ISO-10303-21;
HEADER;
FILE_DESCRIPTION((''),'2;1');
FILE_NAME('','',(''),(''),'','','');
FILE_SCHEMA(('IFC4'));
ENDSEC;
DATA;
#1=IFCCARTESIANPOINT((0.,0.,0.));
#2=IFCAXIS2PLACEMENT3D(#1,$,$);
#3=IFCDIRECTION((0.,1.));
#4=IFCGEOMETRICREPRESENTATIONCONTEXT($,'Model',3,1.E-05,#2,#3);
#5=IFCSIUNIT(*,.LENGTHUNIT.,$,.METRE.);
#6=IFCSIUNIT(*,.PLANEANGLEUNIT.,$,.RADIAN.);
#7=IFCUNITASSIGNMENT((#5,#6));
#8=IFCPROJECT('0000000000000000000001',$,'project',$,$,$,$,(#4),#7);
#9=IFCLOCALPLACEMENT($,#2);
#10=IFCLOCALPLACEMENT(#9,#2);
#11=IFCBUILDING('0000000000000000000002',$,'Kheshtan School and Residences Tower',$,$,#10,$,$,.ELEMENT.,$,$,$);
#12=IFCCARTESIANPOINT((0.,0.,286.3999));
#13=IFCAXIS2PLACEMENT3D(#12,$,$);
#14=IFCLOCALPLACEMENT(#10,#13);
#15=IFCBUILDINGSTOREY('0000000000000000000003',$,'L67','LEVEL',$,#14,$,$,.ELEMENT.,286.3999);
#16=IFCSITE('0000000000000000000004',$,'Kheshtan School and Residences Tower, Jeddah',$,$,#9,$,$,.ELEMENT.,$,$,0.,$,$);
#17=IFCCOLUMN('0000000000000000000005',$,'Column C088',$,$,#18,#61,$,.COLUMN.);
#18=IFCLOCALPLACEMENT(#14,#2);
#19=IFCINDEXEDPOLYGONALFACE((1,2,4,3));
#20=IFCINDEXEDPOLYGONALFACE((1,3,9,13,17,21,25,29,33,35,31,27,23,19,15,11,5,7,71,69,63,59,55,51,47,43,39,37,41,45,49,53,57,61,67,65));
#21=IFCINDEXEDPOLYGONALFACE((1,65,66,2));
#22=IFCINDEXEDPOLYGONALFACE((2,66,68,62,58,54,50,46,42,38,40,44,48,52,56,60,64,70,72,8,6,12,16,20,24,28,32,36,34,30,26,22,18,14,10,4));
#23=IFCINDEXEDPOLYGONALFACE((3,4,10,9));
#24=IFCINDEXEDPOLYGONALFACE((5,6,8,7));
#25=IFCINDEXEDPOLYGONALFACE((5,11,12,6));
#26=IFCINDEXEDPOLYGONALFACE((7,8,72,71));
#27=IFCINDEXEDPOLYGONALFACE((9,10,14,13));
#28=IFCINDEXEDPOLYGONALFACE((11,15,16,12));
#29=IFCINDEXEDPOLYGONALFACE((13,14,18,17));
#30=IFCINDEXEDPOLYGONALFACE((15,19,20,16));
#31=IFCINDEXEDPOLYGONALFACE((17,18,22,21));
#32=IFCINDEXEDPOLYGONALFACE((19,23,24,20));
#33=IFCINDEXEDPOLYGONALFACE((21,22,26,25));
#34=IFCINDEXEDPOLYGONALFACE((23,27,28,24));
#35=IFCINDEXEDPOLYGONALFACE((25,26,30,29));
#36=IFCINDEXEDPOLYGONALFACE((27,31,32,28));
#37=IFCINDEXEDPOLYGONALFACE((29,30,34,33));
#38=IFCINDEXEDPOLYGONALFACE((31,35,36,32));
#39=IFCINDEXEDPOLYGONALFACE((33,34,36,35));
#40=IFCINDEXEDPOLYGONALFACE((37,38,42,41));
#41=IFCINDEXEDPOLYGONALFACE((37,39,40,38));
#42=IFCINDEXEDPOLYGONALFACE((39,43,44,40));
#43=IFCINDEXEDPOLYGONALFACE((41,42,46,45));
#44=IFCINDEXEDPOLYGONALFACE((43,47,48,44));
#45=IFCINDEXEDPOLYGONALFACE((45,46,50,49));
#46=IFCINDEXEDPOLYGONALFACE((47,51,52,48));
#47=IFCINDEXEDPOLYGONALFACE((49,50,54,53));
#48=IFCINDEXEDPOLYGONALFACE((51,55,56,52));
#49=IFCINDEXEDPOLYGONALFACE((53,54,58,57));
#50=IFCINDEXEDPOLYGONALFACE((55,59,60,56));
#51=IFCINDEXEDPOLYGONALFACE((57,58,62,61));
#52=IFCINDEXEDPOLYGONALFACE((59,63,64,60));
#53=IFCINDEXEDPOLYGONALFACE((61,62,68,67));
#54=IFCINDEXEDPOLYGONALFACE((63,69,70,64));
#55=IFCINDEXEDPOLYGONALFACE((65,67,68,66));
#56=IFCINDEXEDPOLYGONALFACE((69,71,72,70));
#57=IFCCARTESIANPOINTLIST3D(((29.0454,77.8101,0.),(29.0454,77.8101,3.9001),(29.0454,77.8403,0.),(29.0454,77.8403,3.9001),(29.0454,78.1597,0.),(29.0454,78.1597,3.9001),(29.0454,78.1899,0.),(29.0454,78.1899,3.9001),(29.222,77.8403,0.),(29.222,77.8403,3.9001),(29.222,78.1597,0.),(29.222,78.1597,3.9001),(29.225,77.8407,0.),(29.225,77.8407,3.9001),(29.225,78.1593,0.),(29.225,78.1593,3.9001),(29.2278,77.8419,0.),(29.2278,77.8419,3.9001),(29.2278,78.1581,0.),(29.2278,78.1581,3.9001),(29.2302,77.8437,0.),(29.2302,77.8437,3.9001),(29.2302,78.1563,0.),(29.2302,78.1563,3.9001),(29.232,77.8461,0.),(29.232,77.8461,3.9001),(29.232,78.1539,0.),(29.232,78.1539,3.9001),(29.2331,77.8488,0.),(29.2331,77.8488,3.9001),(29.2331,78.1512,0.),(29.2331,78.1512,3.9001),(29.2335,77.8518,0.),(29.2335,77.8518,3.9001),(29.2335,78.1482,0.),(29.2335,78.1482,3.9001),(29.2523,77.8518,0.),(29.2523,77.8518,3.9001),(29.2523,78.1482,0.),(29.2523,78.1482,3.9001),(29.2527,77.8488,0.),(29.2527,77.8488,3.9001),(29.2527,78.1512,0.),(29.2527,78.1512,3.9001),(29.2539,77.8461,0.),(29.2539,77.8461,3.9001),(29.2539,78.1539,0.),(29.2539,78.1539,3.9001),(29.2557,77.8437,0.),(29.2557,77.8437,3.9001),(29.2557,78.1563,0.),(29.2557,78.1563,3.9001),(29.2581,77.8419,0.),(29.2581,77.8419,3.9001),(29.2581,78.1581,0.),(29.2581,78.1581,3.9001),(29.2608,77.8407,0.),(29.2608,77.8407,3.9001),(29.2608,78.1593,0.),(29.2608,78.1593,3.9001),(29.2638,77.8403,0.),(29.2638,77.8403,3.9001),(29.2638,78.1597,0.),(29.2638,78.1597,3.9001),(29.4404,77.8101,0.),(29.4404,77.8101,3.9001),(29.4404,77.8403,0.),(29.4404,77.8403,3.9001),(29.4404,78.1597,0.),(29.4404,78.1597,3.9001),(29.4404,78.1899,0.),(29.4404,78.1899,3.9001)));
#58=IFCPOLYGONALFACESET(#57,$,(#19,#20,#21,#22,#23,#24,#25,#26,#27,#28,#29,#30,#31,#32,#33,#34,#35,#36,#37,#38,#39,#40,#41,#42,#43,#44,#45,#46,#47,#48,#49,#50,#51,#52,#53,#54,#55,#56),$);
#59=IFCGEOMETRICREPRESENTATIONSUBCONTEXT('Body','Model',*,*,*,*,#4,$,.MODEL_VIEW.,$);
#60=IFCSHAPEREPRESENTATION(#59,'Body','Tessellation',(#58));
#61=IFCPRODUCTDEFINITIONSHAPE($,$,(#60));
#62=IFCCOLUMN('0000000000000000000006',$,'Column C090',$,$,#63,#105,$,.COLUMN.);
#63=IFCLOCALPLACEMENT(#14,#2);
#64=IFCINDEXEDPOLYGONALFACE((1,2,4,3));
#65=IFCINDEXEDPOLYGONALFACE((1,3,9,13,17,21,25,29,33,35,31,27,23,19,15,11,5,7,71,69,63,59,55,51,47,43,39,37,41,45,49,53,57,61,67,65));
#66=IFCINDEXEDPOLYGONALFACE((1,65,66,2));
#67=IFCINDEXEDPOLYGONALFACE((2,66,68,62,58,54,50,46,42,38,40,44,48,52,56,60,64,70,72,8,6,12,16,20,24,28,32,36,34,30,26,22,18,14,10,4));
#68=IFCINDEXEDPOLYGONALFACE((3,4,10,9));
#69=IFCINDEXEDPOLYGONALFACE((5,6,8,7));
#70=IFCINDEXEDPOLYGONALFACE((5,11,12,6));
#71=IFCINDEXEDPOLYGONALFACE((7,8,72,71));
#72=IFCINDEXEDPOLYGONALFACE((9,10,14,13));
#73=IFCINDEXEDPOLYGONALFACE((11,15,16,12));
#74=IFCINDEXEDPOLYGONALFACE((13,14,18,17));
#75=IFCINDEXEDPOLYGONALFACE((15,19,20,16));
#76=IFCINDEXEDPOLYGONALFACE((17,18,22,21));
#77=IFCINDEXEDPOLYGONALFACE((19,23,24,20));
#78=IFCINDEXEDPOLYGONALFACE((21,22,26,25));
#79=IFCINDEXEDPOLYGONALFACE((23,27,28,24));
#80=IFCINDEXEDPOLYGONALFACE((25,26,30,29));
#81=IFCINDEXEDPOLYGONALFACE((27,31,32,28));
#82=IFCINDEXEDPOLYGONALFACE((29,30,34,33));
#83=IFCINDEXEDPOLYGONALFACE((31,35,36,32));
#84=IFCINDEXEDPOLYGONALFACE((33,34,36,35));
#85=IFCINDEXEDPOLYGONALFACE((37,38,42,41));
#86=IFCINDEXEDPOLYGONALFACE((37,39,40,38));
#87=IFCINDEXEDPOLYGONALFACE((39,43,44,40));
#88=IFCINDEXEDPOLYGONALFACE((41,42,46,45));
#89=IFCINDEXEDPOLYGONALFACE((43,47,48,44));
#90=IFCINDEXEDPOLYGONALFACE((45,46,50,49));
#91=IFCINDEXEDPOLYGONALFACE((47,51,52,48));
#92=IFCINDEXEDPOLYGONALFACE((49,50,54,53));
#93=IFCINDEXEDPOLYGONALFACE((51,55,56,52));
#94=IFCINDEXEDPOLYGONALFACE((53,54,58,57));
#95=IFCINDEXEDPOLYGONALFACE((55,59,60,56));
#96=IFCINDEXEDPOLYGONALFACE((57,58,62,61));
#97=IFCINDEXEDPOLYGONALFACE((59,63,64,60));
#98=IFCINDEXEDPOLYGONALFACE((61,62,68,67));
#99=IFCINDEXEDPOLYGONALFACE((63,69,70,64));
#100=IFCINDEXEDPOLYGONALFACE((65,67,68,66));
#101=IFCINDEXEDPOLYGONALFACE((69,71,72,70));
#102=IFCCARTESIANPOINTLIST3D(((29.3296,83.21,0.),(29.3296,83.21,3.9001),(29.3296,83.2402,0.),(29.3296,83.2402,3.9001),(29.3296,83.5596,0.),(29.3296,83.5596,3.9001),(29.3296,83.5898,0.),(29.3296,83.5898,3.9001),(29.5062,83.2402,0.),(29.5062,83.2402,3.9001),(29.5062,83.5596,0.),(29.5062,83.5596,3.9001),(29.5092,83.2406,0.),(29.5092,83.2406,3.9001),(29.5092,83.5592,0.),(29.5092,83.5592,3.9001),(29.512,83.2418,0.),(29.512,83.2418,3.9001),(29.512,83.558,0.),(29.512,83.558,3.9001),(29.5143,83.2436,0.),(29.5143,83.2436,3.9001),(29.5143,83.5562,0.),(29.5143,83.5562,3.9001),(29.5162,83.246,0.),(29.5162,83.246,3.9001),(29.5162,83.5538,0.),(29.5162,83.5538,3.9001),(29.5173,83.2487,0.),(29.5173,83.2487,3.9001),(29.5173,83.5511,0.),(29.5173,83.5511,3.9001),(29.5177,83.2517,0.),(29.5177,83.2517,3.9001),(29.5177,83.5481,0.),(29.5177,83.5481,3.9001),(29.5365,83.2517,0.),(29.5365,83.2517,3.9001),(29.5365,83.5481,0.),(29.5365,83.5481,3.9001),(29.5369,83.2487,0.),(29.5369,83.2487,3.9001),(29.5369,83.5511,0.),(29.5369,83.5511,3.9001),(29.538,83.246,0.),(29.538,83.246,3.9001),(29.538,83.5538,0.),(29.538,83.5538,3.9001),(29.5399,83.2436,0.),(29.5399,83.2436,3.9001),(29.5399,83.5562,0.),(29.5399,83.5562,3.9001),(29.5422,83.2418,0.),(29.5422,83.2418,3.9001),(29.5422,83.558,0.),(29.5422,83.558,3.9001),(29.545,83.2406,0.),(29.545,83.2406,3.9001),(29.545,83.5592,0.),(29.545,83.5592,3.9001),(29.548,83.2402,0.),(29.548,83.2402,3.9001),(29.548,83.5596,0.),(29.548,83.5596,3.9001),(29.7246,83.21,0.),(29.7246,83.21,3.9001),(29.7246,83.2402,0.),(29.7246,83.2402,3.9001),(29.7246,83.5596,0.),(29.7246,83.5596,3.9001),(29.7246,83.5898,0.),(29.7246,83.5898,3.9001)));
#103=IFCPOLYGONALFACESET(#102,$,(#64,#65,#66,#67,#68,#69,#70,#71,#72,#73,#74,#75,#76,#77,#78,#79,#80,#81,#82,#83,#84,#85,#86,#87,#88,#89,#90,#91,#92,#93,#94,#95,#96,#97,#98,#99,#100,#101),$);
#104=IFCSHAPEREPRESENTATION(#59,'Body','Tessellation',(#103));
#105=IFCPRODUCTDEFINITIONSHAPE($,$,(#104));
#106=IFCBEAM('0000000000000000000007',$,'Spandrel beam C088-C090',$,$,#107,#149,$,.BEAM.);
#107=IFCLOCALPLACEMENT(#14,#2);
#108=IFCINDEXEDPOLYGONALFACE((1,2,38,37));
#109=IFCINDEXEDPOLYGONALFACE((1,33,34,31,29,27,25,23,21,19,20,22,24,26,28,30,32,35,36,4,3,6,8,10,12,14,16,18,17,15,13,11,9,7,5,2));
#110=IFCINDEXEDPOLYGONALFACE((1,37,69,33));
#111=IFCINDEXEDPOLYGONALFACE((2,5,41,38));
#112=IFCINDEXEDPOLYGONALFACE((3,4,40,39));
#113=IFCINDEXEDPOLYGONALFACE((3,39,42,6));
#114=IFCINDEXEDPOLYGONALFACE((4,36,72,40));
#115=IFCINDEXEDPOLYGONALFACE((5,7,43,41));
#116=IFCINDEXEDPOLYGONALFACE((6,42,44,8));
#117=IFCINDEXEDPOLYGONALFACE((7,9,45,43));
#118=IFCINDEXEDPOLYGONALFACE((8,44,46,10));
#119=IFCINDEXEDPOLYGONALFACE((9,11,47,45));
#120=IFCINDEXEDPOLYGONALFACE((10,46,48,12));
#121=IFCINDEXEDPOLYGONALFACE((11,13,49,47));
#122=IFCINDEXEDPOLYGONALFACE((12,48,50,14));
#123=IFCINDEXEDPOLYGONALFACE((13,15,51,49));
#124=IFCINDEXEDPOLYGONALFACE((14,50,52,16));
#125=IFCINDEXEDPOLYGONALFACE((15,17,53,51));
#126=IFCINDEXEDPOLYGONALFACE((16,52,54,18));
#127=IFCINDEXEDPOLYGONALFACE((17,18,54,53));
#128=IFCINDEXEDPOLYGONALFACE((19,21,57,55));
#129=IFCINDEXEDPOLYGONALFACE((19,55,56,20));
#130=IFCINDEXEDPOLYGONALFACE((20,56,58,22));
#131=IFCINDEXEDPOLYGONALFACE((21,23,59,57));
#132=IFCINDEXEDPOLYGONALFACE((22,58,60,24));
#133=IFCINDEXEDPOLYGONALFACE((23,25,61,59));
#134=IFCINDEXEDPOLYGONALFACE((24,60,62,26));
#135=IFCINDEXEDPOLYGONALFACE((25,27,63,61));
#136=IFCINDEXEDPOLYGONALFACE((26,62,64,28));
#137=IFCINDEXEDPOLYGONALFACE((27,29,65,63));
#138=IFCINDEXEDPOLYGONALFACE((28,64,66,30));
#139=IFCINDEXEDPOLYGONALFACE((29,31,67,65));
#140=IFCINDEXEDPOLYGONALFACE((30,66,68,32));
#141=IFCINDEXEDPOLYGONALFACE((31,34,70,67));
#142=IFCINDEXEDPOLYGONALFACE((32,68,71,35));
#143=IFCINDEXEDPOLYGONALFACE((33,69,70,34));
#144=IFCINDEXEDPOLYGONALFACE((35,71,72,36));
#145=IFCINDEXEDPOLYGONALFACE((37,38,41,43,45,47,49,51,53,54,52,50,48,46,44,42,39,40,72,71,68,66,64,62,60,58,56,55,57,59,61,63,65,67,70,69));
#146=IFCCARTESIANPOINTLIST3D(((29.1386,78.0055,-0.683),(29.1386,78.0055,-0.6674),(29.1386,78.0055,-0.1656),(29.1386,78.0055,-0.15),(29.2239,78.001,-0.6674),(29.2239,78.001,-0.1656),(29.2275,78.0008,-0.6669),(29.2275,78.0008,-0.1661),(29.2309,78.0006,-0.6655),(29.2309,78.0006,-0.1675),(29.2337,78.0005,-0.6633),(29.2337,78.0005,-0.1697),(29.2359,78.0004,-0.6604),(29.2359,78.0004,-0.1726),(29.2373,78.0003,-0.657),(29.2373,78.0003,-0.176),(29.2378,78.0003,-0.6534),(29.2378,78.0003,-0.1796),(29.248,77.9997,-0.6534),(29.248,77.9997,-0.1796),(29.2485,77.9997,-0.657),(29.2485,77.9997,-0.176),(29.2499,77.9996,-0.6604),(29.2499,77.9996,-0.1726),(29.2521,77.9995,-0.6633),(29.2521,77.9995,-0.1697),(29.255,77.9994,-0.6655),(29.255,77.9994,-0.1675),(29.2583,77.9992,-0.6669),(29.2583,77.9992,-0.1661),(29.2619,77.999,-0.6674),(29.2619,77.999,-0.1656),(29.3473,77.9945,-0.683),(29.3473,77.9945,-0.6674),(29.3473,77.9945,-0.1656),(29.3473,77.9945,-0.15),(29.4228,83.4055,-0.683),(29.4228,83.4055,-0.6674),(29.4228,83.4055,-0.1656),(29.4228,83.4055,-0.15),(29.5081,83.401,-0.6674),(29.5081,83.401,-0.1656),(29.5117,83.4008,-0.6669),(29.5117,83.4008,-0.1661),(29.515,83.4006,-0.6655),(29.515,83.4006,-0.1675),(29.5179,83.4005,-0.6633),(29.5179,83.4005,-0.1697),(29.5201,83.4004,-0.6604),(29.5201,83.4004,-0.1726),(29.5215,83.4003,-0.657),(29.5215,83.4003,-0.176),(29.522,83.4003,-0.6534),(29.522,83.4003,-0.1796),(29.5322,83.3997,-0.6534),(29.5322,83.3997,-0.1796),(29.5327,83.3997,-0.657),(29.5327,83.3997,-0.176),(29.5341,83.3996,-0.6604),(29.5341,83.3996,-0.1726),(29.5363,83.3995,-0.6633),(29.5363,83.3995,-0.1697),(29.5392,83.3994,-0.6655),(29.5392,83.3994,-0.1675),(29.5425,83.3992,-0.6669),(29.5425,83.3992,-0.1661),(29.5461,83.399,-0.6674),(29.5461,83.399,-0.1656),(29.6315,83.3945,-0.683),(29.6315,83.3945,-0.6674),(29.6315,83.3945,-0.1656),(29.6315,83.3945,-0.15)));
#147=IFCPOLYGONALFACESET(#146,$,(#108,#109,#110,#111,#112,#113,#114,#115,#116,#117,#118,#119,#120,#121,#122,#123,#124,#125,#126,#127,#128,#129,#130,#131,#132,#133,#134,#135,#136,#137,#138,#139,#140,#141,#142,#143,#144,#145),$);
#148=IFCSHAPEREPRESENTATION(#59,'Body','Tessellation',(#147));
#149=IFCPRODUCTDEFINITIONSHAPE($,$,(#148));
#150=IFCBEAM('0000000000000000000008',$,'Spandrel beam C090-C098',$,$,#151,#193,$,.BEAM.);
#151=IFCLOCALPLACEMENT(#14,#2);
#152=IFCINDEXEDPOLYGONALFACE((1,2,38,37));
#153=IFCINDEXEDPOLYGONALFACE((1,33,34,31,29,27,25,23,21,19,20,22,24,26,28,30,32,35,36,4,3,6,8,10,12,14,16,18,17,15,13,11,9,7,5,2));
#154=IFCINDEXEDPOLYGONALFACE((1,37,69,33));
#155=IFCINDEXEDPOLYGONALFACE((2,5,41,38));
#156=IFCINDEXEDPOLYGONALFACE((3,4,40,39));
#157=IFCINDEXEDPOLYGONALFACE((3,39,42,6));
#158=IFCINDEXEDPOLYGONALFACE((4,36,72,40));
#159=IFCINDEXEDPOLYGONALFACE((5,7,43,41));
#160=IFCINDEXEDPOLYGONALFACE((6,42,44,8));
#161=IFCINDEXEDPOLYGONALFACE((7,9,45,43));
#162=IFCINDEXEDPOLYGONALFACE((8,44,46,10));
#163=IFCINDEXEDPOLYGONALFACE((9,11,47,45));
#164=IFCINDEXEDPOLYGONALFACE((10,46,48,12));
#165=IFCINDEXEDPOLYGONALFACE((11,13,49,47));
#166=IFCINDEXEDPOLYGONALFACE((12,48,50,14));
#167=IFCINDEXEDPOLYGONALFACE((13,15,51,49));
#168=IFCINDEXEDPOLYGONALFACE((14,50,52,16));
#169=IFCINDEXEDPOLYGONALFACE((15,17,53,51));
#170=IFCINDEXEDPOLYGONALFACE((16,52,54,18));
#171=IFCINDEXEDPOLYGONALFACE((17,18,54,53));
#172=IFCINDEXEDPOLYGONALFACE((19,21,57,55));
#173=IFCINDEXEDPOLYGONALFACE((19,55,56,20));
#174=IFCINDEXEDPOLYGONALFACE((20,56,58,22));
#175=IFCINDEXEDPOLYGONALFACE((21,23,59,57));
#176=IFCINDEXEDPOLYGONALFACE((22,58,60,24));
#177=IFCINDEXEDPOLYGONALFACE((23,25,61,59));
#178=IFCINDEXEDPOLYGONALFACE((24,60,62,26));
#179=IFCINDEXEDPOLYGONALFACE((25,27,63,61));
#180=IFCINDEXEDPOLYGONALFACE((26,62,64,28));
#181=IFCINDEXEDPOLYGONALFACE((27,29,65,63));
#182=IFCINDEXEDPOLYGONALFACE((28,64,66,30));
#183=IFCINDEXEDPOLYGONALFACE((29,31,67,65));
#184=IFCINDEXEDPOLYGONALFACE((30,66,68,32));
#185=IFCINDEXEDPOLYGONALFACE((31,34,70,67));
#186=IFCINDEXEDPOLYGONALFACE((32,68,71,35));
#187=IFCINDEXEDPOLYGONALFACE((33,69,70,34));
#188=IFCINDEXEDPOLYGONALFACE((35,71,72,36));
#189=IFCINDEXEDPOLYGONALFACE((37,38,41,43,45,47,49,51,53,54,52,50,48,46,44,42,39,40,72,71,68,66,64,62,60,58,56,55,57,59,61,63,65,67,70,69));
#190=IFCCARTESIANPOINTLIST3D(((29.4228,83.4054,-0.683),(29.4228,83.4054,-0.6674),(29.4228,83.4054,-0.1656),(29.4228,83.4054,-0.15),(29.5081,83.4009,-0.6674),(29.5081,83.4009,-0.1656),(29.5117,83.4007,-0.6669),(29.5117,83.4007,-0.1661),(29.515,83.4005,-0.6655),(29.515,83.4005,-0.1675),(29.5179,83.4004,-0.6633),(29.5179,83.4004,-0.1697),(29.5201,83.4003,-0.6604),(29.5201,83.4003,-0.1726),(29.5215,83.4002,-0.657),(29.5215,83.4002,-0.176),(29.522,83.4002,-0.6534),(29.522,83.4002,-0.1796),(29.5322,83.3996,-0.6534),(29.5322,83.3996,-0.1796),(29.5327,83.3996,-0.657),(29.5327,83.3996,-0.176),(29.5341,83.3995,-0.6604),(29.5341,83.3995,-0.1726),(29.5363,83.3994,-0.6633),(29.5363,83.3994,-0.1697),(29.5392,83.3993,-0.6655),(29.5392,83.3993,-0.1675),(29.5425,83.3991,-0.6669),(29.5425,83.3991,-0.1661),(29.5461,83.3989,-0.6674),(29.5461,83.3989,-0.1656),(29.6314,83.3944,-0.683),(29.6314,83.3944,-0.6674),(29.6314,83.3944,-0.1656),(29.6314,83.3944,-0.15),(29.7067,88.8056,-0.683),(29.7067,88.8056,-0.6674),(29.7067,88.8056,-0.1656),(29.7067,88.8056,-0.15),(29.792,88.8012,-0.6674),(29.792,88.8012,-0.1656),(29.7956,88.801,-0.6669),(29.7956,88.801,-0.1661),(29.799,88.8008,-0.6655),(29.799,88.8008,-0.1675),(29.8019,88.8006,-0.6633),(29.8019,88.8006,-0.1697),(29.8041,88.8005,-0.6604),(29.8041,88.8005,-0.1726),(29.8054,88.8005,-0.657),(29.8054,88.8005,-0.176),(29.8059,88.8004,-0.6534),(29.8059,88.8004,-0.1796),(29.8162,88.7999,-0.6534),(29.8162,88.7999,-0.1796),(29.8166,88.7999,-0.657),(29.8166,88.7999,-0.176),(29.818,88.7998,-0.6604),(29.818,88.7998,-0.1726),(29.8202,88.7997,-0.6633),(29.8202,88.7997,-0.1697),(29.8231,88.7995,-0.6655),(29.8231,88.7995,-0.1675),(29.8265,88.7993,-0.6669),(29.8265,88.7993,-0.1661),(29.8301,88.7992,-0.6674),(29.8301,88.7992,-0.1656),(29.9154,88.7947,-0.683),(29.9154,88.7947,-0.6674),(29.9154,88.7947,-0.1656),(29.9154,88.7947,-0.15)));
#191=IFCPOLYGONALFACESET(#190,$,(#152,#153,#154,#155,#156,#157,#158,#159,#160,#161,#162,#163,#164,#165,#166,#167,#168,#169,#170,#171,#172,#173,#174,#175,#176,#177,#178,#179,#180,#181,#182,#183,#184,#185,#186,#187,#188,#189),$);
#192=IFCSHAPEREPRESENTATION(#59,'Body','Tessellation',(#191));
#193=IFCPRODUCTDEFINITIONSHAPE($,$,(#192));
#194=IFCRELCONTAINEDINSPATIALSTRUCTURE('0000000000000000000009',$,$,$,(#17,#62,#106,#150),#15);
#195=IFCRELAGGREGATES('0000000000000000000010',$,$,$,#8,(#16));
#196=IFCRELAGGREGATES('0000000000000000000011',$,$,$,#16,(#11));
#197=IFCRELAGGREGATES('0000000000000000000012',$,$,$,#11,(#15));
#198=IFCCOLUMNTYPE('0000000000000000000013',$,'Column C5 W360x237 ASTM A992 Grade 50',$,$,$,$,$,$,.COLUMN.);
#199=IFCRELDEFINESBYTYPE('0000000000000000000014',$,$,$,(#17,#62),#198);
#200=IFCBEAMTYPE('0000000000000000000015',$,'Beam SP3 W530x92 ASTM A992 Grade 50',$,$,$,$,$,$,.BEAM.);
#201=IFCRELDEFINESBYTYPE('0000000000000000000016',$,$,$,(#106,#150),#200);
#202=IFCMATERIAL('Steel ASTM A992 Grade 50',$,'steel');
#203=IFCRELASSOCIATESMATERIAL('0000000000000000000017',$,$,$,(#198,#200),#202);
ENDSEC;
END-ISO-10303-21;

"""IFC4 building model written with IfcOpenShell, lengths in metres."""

from ifc_helpers import new_model, si_unit, direction, frame, origin, origin_2d, place, context, subcontext, project, spatial, i_section, extrude, material, material_profile, profile_set, type_object, element, save


model = new_model("IFC4")

# Units and contexts
model_context = context("Model", 3, precision=1e-05, world=origin(), true_north=direction((0.0, 1.0)))
body_context = subcontext(model_context, "Body", "Model", "MODEL_VIEW")
ifc_project = project(units=[si_unit("LENGTHUNIT", "METRE"), si_unit("PLANEANGLEUNIT", "RADIAN")], contexts=[model_context])

# Site, building, storey
site_placement = place(None, origin())
site = spatial("IfcSite", under=ifc_project, at=site_placement, Name="Kheshtan School and Residences Tower, Jeddah", CompositionType="ELEMENT", RefElevation=0.0)
building_placement = place(site_placement, origin())
building = spatial("IfcBuilding", under=site, at=building_placement, Name="Kheshtan School and Residences Tower", CompositionType="ELEMENT")
storey_placement = place(building_placement, frame((0.0, 0.0, 286.3999)))
storey = spatial("IfcBuildingStorey", under=building, at=storey_placement, Name="L67", Description="LEVEL", CompositionType="ELEMENT", Elevation=286.3999)

# Columns
ifc_material_1 = material(Name="Steel ASTM A992 Grade 50", Category="steel")
ifc_material_profile_1 = material_profile(ifc_material_1, i_section(OverallWidth=0.395, OverallDepth=0.3799, WebThickness=0.0188, FlangeThickness=0.0303, FilletRadius=0.0115, at=origin_2d()), Name="W360x237")
ifc_profile_set_1 = profile_set([ifc_material_profile_1], Name="Steel ASTM A992 Grade 50")
column_type = type_object("IfcColumnType", Name="Column C5 W360x237 ASTM A992 Grade 50", PredefinedType="COLUMN", material=ifc_profile_set_1)
for number, where, z_axis, x_axis, name in (
    (1, (29.2429, 78.0, 0.0), (0.0, 0.0, 1.0), (1.0, 0.0, 0.0), "Column C088"),
    (2, (29.5271, 83.3999, 0.0), (0.0, 0.0, 1.0), (1.0, 0.0, 0.0), "Column C090"),
):
    element("IfcColumn", number, at=place(storey_placement, frame(where, z_axis=z_axis, x_axis=x_axis)), inside=storey, type_object=column_type, Name=name, PredefinedType="COLUMN", context=body_context, shape_type="SweptSolid", body=[
        extrude(i_section(OverallWidth=0.395, OverallDepth=0.3799, WebThickness=0.0188, FlangeThickness=0.0303, FilletRadius=0.0115, at=origin_2d()), origin(), (0.0, 0.0, 1.0), 3.9001),
    ])

# Beams
ifc_material_profile_2 = material_profile(ifc_material_1, i_section(OverallWidth=0.209, OverallDepth=0.533, WebThickness=0.0103, FlangeThickness=0.0156, FilletRadius=0.0139, at=origin_2d()), Name="W530x92")
ifc_profile_set_2 = profile_set([ifc_material_profile_2], Name="Steel ASTM A992 Grade 50")
beam_type = type_object("IfcBeamType", Name="Beam SP3 W530x92 ASTM A992 Grade 50", PredefinedType="BEAM", material=ifc_profile_set_2)
beam_1_placement = place(storey_placement, frame((29.2429, 78.0, -0.4165), z_axis=(0.052554, 0.998618, 0.0), x_axis=(-0.998618, 0.052554, 0.0)))
element("IfcBeam", 3, at=beam_1_placement, inside=storey, type_object=beam_type, Name="Spandrel beam C088-C090", PredefinedType="BEAM", context=body_context, shape_type="SweptSolid", body=[
    extrude(i_section(OverallWidth=0.209, OverallDepth=0.533, WebThickness=0.0103, FlangeThickness=0.0156, FilletRadius=0.0139, at=origin_2d()), origin(), (0.0, 0.0, 1.0), 5.4075),
])
beam_2_placement = place(storey_placement, frame((29.5271, 83.3999, -0.4165), z_axis=(0.052507, 0.998621, 0.0), x_axis=(-0.998621, 0.052507, 0.0)))
element("IfcBeam", 4, at=beam_2_placement, inside=storey, type_object=beam_type, Name="Spandrel beam C090-C098", PredefinedType="BEAM", context=body_context, shape_type="SweptSolid", body=[
    extrude(i_section(OverallWidth=0.209, OverallDepth=0.533, WebThickness=0.0103, FlangeThickness=0.0156, FilletRadius=0.0139, at=origin_2d()), origin(), (0.0, 0.0, 1.0), 5.4077),
])

save(model, "model.ifc")
